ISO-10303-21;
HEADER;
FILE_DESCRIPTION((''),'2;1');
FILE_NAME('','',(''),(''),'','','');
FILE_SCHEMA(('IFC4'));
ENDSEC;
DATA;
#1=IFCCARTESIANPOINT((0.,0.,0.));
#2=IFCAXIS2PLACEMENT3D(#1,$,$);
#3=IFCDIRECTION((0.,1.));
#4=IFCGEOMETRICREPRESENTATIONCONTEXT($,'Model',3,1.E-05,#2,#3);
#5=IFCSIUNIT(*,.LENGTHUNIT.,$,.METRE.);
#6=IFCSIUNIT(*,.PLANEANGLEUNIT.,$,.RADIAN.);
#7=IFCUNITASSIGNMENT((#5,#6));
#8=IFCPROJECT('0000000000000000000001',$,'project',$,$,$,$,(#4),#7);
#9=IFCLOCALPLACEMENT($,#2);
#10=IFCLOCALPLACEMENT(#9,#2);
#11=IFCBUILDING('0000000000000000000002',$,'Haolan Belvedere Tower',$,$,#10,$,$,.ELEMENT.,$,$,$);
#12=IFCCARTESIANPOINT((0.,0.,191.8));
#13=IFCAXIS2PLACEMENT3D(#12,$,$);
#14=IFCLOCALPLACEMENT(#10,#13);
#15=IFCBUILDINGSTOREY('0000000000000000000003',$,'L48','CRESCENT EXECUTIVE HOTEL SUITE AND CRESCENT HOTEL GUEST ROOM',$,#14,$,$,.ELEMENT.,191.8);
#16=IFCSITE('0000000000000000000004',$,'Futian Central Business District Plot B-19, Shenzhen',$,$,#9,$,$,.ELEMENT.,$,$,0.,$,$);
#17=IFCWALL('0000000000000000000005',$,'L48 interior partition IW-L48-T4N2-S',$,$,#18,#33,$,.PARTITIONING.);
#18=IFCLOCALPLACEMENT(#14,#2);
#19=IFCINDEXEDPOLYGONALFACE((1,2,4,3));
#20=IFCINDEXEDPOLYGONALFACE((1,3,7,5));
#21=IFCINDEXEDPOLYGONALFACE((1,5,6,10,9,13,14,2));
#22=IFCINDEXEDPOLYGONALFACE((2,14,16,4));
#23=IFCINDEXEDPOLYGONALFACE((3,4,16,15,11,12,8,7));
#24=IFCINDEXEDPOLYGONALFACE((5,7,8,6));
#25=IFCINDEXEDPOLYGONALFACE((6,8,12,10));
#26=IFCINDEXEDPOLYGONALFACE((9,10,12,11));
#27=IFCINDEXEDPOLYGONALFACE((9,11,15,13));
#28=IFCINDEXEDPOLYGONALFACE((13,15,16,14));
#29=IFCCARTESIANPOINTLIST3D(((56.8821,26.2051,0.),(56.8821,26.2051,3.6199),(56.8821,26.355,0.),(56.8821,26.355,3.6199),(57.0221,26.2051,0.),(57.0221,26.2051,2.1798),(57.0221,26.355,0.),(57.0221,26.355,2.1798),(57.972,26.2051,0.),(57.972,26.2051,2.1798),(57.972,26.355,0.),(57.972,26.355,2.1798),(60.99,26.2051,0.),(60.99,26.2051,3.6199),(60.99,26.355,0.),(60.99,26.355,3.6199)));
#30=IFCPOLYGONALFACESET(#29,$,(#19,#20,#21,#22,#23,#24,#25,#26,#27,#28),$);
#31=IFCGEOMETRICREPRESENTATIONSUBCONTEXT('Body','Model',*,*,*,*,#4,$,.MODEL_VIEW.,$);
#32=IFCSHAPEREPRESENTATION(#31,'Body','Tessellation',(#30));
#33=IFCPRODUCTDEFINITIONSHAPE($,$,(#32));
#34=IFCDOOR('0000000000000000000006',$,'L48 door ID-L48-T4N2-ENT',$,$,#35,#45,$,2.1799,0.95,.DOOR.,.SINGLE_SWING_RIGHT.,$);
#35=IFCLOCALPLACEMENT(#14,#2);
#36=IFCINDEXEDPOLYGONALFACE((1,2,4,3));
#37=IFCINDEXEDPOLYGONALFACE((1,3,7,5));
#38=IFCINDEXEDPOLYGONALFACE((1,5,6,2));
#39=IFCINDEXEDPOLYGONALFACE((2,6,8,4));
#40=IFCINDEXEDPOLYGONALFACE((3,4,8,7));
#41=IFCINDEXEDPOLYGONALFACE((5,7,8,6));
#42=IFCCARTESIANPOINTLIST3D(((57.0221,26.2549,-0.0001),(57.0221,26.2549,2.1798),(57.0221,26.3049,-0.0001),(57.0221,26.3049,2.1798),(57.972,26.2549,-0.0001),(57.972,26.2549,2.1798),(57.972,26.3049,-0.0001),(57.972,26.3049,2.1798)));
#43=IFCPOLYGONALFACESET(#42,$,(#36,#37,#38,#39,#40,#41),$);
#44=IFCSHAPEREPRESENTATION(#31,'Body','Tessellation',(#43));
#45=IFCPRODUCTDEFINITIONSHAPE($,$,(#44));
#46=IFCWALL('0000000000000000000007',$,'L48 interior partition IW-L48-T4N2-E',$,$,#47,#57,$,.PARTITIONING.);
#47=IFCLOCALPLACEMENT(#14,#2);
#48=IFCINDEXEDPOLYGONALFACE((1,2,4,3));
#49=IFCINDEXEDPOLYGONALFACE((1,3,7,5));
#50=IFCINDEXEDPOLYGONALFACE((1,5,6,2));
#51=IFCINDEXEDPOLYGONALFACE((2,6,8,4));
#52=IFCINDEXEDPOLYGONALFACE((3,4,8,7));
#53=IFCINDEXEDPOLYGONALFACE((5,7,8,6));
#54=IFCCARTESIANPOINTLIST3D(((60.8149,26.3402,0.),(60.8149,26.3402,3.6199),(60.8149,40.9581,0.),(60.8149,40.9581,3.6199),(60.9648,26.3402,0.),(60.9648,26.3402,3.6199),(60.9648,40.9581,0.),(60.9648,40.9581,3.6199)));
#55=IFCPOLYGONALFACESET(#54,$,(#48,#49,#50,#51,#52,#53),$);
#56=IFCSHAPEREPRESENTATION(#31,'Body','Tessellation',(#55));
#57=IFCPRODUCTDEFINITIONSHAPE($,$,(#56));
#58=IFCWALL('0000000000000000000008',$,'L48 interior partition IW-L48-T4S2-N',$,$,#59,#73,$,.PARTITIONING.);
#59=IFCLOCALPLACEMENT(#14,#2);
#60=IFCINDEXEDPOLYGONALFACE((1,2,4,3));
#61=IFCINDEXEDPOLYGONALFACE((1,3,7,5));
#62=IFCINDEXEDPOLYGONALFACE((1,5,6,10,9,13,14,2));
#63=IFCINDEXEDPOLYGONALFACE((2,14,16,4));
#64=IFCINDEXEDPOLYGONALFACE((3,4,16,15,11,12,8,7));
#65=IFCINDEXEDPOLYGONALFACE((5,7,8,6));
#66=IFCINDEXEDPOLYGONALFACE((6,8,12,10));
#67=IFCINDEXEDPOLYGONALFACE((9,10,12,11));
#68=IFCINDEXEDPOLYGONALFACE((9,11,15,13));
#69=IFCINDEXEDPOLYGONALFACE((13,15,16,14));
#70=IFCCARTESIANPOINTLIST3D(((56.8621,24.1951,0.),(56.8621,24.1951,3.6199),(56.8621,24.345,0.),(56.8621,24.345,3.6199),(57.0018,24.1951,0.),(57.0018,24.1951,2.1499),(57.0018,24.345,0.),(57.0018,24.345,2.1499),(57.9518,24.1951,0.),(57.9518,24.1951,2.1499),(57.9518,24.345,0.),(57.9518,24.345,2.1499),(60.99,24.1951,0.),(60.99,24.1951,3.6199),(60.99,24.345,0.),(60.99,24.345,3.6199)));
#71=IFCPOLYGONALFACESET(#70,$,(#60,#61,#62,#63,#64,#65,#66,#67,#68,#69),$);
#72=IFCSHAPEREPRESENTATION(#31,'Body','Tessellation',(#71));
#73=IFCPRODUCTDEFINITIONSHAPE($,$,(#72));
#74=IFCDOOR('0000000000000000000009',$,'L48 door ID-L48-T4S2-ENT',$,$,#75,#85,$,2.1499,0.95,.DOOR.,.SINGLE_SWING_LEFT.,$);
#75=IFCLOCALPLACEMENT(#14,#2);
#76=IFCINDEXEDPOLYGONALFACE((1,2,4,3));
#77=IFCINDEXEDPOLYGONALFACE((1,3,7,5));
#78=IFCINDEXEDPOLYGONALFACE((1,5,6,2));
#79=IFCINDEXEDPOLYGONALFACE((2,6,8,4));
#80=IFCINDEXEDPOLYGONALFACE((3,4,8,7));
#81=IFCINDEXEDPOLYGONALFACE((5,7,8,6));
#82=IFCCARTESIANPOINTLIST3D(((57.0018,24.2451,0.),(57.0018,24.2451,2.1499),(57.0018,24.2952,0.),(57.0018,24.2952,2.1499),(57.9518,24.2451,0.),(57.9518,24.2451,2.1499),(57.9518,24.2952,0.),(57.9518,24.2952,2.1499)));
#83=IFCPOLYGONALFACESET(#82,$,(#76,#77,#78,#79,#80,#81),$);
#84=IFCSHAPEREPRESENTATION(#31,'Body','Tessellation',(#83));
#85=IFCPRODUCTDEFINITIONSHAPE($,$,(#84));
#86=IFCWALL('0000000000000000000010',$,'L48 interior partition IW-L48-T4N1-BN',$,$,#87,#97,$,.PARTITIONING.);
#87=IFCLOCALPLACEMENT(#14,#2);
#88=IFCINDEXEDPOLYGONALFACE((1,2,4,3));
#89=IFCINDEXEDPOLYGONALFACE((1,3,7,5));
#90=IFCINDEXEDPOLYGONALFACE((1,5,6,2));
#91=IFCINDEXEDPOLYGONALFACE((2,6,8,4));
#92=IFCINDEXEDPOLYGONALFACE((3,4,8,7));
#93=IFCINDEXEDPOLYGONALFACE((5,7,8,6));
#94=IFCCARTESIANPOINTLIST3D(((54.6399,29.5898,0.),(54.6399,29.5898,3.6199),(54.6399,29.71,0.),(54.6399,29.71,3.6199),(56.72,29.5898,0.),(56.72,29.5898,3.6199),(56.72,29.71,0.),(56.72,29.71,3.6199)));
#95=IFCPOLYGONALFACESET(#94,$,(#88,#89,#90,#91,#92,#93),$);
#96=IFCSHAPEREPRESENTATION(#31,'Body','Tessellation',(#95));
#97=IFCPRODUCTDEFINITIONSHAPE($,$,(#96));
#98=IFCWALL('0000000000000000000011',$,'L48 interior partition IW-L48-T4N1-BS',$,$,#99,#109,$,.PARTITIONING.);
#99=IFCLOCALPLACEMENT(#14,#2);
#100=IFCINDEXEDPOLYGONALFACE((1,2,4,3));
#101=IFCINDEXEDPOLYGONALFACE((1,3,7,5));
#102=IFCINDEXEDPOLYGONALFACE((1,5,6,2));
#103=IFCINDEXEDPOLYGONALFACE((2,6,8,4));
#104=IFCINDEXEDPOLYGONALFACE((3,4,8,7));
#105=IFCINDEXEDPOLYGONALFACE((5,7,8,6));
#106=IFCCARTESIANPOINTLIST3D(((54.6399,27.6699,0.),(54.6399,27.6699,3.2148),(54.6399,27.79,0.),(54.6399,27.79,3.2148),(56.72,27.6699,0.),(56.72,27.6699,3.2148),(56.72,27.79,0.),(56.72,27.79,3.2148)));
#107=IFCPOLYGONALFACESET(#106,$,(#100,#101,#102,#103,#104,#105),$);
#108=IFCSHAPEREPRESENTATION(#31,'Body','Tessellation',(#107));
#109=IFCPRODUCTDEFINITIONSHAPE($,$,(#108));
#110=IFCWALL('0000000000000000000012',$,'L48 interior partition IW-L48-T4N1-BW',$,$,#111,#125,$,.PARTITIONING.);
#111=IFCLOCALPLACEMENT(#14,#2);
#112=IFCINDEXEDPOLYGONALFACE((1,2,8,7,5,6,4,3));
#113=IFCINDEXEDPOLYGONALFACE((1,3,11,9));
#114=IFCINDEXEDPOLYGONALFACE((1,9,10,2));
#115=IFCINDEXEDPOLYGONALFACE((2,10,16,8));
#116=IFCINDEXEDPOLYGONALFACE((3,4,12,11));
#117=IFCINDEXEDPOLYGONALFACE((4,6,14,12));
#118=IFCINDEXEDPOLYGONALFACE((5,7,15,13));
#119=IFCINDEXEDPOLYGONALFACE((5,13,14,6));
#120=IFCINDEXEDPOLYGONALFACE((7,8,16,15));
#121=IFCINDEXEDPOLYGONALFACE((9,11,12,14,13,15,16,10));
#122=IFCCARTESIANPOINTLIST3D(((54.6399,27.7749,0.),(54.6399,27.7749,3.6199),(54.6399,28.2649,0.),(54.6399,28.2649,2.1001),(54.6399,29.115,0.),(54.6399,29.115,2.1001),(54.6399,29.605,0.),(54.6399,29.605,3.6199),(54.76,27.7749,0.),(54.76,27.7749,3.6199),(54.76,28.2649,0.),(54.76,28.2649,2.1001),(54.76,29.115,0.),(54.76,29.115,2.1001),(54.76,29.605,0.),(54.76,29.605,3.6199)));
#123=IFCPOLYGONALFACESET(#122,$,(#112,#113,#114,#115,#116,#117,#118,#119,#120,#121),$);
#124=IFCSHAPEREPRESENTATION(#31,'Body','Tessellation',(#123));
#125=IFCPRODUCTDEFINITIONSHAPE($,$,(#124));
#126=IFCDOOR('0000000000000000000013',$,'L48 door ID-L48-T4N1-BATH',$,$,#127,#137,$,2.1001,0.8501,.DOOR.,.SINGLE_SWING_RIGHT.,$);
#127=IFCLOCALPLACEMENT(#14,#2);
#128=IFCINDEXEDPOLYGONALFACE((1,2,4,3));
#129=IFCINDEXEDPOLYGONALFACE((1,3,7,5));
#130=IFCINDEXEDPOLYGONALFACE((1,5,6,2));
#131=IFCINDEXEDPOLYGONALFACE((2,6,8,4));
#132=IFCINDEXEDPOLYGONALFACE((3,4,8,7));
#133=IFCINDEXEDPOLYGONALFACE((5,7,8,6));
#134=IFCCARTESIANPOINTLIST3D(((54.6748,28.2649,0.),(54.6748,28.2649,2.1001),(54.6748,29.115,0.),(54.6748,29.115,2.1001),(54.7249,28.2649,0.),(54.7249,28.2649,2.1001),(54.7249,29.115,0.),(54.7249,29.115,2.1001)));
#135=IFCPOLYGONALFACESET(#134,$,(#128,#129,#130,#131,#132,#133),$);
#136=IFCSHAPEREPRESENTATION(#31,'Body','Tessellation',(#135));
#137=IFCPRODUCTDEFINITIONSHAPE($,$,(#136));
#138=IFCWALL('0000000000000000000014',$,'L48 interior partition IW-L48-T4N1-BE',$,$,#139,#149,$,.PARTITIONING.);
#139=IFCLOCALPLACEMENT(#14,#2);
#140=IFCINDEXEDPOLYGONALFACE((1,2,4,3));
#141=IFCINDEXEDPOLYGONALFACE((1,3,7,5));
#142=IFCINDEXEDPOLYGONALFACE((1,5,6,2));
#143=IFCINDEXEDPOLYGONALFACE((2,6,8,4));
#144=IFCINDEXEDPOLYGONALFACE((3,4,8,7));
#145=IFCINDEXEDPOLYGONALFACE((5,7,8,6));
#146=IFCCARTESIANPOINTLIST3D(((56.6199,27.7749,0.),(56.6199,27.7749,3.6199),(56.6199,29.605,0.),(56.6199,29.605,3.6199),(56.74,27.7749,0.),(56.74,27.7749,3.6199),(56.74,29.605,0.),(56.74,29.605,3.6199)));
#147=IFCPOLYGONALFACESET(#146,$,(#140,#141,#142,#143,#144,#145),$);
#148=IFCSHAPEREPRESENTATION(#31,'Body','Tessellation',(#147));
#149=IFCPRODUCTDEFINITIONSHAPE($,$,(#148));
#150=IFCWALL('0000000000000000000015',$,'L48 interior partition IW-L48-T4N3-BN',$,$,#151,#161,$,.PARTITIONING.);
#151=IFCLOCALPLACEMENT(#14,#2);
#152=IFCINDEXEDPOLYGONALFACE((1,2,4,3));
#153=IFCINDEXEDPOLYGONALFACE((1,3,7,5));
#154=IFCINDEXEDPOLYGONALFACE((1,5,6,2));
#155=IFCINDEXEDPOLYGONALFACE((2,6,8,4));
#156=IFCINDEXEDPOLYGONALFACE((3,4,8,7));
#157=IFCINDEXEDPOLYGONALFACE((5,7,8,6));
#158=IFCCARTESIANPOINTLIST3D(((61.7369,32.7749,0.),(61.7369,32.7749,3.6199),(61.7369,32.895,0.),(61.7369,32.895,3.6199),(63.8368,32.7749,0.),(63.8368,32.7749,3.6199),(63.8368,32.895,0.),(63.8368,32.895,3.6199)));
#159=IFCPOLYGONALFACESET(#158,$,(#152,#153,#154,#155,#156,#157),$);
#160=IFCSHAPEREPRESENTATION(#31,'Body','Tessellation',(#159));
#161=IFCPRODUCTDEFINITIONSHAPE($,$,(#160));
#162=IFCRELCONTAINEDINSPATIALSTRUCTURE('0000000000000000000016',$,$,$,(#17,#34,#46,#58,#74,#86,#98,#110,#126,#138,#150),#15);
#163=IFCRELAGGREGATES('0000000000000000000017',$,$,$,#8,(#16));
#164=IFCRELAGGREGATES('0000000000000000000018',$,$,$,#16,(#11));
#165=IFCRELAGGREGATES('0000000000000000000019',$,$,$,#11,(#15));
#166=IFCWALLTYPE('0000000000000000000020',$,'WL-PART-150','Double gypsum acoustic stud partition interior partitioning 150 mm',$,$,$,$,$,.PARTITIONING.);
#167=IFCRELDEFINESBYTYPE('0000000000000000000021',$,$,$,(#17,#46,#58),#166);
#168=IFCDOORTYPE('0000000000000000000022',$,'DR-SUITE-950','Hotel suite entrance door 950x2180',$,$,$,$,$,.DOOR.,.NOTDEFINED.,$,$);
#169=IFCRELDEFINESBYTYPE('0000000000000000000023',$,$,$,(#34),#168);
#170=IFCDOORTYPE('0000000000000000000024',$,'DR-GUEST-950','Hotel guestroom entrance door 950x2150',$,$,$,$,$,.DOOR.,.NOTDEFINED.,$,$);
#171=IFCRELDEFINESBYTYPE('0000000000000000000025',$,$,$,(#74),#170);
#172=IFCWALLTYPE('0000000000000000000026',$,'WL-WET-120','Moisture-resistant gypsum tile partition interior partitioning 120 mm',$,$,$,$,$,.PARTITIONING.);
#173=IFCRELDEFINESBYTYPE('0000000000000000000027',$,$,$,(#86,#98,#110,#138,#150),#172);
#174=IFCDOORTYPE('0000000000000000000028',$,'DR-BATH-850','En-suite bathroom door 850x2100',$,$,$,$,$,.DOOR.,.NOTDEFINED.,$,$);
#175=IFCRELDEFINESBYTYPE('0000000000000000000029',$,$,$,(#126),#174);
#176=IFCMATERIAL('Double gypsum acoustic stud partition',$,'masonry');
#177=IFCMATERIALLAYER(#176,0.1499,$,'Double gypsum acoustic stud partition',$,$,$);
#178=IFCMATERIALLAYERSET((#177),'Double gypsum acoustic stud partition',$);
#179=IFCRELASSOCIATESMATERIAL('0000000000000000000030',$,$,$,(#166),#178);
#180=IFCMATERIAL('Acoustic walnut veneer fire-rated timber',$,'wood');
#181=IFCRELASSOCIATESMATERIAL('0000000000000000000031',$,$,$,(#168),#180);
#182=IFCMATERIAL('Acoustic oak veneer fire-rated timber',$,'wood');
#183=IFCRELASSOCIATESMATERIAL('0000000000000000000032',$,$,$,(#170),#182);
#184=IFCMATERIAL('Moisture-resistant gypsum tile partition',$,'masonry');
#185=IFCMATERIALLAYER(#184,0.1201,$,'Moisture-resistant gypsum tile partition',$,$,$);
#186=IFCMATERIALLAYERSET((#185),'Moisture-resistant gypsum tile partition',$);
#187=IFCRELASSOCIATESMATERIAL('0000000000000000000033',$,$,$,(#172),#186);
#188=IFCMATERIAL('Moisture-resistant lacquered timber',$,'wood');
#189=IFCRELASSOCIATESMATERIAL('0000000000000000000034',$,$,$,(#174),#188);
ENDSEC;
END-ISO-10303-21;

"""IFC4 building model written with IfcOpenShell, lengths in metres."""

from ifc_helpers import new_model, si_unit, direction, frame, frame_2d, origin, place, context, subcontext, project, spatial, rectangle, extrude, material, layer, layer_set, type_object, element, fill, save


model = new_model("IFC4")

# Units and contexts
model_context = context("Model", 3, precision=1e-05, world=origin(), true_north=direction((0.0, 1.0)))
body_context = subcontext(model_context, "Body", "Model", "MODEL_VIEW")
ifc_project = project(units=[si_unit("LENGTHUNIT", "METRE"), si_unit("PLANEANGLEUNIT", "RADIAN")], contexts=[model_context])

# Site, building, storey
site_placement = place(None, origin())
site = spatial("IfcSite", under=ifc_project, at=site_placement, Name="Futian Central Business District Plot B-19, Shenzhen", CompositionType="ELEMENT", RefElevation=0.0)
building_placement = place(site_placement, origin())
building = spatial("IfcBuilding", under=site, at=building_placement, Name="Haolan Belvedere Tower", CompositionType="ELEMENT")
storey_placement = place(building_placement, frame((0.0, 0.0, 191.8)))
storey = spatial("IfcBuildingStorey", under=building, at=storey_placement, Name="L48", Description="CRESCENT EXECUTIVE HOTEL SUITE AND CRESCENT HOTEL GUEST ROOM", CompositionType="ELEMENT", Elevation=191.8)

# Shared definitions
ifc_material_1 = material(Name="Double gypsum acoustic stud partition", Category="masonry")
ifc_layer_1 = layer(ifc_material_1, 0.1499, Name="Double gypsum acoustic stud partition")
ifc_layer_set_1 = layer_set([ifc_layer_1], Name="Double gypsum acoustic stud partition")
wall_type_1 = type_object("IfcWallType", Name="WL-PART-150", Description="Double gypsum acoustic stud partition interior partitioning 150 mm", PredefinedType="PARTITIONING", material=ifc_layer_set_1)

# Wall, opening, door
wall_1_placement = place(storey_placement, frame((56.8821, 26.28, 0.0), z_axis=(0.0, 0.0, 1.0), x_axis=(1.0, 0.0, 0.0)))
wall_1 = element("IfcWall", 1, at=wall_1_placement, inside=storey, type_object=wall_type_1, Name="L48 interior partition IW-L48-T4N2-S", PredefinedType="PARTITIONING", context=body_context, shape_type="SweptSolid", body=[
    extrude(rectangle(XDim=4.1079, YDim=0.1499, at=frame_2d((2.054, 0.0))), origin(), (0.0, 0.0, 1.0), 3.6199),
])
opening_1_placement = place(wall_1_placement, frame((0.1399, 0.0, 0.0)))
opening_1 = element("IfcOpeningElement", 2, at=opening_1_placement, cuts=wall_1, PredefinedType="OPENING", context=body_context, shape_type="SweptSolid", body=[
    extrude(rectangle(XDim=0.95, YDim=2.1799, at=frame_2d((0.4751, 1.0898))), frame((0.0, 0.085, 0.0), z_axis=(0.0, -1.0, 0.0), x_axis=(1.0, 0.0, 0.0)), (0.0, 0.0, 1.0), 0.1699),
])
ifc_material_2 = material(Name="Acoustic walnut veneer fire-rated timber", Category="wood")
door_type_1 = type_object("IfcDoorType", Name="DR-SUITE-950", Description="Hotel suite entrance door 950x2180", OperationType="NOTDEFINED", PredefinedType="DOOR", material=ifc_material_2)
door_1_placement = place(opening_1_placement, origin())
door_1 = element("IfcDoor", 3, at=door_1_placement, inside=storey, type_object=door_type_1, Name="L48 door ID-L48-T4N2-ENT", OperationType="SINGLE_SWING_RIGHT", OverallHeight=2.1799, OverallWidth=0.95, PredefinedType="DOOR", context=body_context, shape_type="SweptSolid", body=[
    extrude(rectangle(XDim=0.95, YDim=2.1799, at=frame_2d((0.4751, 1.0898))), frame((0.0, 0.0249, 0.0), z_axis=(0.0, -1.0, 0.0), x_axis=(1.0, 0.0, 0.0)), (0.0, 0.0, 1.0), 0.05),
])
fill(opening_1, door_1)

# Wall
wall_2_placement = place(storey_placement, frame((60.8899, 26.3401, 0.0), z_axis=(0.0, 0.0, 1.0), x_axis=(0.0, 1.0, 0.0)))
element("IfcWall", 4, at=wall_2_placement, inside=storey, type_object=wall_type_1, Name="L48 interior partition IW-L48-T4N2-E", PredefinedType="PARTITIONING", context=body_context, shape_type="SweptSolid", body=[
    extrude(rectangle(XDim=14.6179, YDim=0.1499, at=frame_2d((7.3091, 0.0))), origin(), (0.0, 0.0, 1.0), 3.6199),
])

# Wall, opening, door
ifc_material_3 = material(Name="Acoustic oak veneer fire-rated timber", Category="wood")
door_type_2 = type_object("IfcDoorType", Name="DR-GUEST-950", Description="Hotel guestroom entrance door 950x2150", OperationType="NOTDEFINED", PredefinedType="DOOR", material=ifc_material_3)
wall_3_placement = place(storey_placement, frame((56.8621, 24.27, 0.0), z_axis=(0.0, 0.0, 1.0), x_axis=(1.0, 0.0, 0.0)))
wall_3 = element("IfcWall", 5, at=wall_3_placement, inside=storey, type_object=wall_type_1, Name="L48 interior partition IW-L48-T4S2-N", PredefinedType="PARTITIONING", context=body_context, shape_type="SweptSolid", body=[
    extrude(rectangle(XDim=4.1279, YDim=0.1499, at=frame_2d((2.064, 0.0))), origin(), (0.0, 0.0, 1.0), 3.6199),
])
opening_2_placement = place(wall_3_placement, frame((1.0898, 0.0, 0.0), z_axis=(0.0, 0.0, 1.0), x_axis=(-1.0, 0.0, 0.0)))
opening_2 = element("IfcOpeningElement", 6, at=opening_2_placement, cuts=wall_3, PredefinedType="OPENING", context=body_context, shape_type="SweptSolid", body=[
    extrude(rectangle(XDim=0.95, YDim=2.1499, at=frame_2d((0.4751, 1.075))), frame((0.0, 0.085, 0.0), z_axis=(0.0, -1.0, 0.0), x_axis=(1.0, 0.0, 0.0)), (0.0, 0.0, 1.0), 0.1699),
])
door_2_placement = place(opening_2_placement, origin())
door_2 = element("IfcDoor", 7, at=door_2_placement, inside=storey, type_object=door_type_2, Name="L48 door ID-L48-T4S2-ENT", OperationType="SINGLE_SWING_LEFT", OverallHeight=2.1499, OverallWidth=0.95, PredefinedType="DOOR", context=body_context, shape_type="SweptSolid", body=[
    extrude(rectangle(XDim=0.95, YDim=2.1499, at=frame_2d((0.4751, 1.075))), frame((0.0, 0.0249, 0.0), z_axis=(0.0, -1.0, 0.0), x_axis=(1.0, 0.0, 0.0)), (0.0, 0.0, 1.0), 0.05),
])
fill(opening_2, door_2)

# Walls
ifc_material_4 = material(Name="Moisture-resistant gypsum tile partition", Category="masonry")
ifc_layer_2 = layer(ifc_material_4, 0.1201, Name="Moisture-resistant gypsum tile partition")
ifc_layer_set_2 = layer_set([ifc_layer_2], Name="Moisture-resistant gypsum tile partition")
wall_type_2 = type_object("IfcWallType", Name="WL-WET-120", Description="Moisture-resistant gypsum tile partition interior partitioning 120 mm", PredefinedType="PARTITIONING", material=ifc_layer_set_2)
wall_4_placement = place(storey_placement, frame((54.6399, 29.6499, 0.0), z_axis=(0.0, 0.0, 1.0), x_axis=(1.0, 0.0, 0.0)))
element("IfcWall", 8, at=wall_4_placement, inside=storey, type_object=wall_type_2, Name="L48 interior partition IW-L48-T4N1-BN", PredefinedType="PARTITIONING", context=body_context, shape_type="SweptSolid", body=[
    extrude(rectangle(XDim=2.0801, YDim=0.1201, at=frame_2d((1.04, 0.0))), origin(), (0.0, 0.0, 1.0), 3.6199),
])
wall_5_placement = place(storey_placement, frame((54.6399, 27.73, 0.0), z_axis=(0.0, 0.0, 1.0), x_axis=(1.0, 0.0, 0.0)))
element("IfcWall", 9, at=wall_5_placement, inside=storey, type_object=wall_type_2, Name="L48 interior partition IW-L48-T4N1-BS", PredefinedType="PARTITIONING", context=body_context, shape_type="SweptSolid", body=[
    extrude(rectangle(XDim=2.0801, YDim=0.1201, at=frame_2d((1.04, 0.0))), origin(), (0.0, 0.0, 1.0), 3.2148),
])

# Wall, opening, door
wall_6_placement = place(storey_placement, frame((54.7, 27.7749, 0.0), z_axis=(0.0, 0.0, 1.0), x_axis=(0.0, 1.0, 0.0)))
wall_6 = element("IfcWall", 10, at=wall_6_placement, inside=storey, type_object=wall_type_2, Name="L48 interior partition IW-L48-T4N1-BW", PredefinedType="PARTITIONING", context=body_context, shape_type="SweptSolid", body=[
    extrude(rectangle(XDim=1.8301, YDim=0.1201, at=frame_2d((0.915, 0.0))), origin(), (0.0, 0.0, 1.0), 3.6199),
])
opening_3_placement = place(wall_6_placement, frame((1.3401, 0.0, 0.0), z_axis=(0.0, 0.0, 1.0), x_axis=(-1.0, 0.0, 0.0)))
opening_3 = element("IfcOpeningElement", 11, at=opening_3_placement, cuts=wall_6, PredefinedType="OPENING", context=body_context, shape_type="SweptSolid", body=[
    extrude(rectangle(XDim=0.8501, YDim=2.1001, at=frame_2d((0.425, 1.05))), frame((0.0, 0.0701, 0.0), z_axis=(0.0, -1.0, 0.0), x_axis=(1.0, 0.0, 0.0)), (0.0, 0.0, 1.0), 0.1401),
])
ifc_material_5 = material(Name="Moisture-resistant lacquered timber", Category="wood")
door_type_3 = type_object("IfcDoorType", Name="DR-BATH-850", Description="En-suite bathroom door 850x2100", OperationType="NOTDEFINED", PredefinedType="DOOR", material=ifc_material_5)
door_3_placement = place(opening_3_placement, origin())
door_3 = element("IfcDoor", 12, at=door_3_placement, inside=storey, type_object=door_type_3, Name="L48 door ID-L48-T4N1-BATH", OperationType="SINGLE_SWING_RIGHT", OverallHeight=2.1001, OverallWidth=0.8501, PredefinedType="DOOR", context=body_context, shape_type="SweptSolid", body=[
    extrude(rectangle(XDim=0.8501, YDim=2.1001, at=frame_2d((0.425, 1.05))), frame((0.0, 0.0249, 0.0), z_axis=(0.0, -1.0, 0.0), x_axis=(1.0, 0.0, 0.0)), (0.0, 0.0, 1.0), 0.05),
])
fill(opening_3, door_3)

# Walls
wall_7_placement = place(storey_placement, frame((56.6799, 27.7749, 0.0), z_axis=(0.0, 0.0, 1.0), x_axis=(0.0, 1.0, 0.0)))
element("IfcWall", 13, at=wall_7_placement, inside=storey, type_object=wall_type_2, Name="L48 interior partition IW-L48-T4N1-BE", PredefinedType="PARTITIONING", context=body_context, shape_type="SweptSolid", body=[
    extrude(rectangle(XDim=1.8301, YDim=0.1201, at=frame_2d((0.915, 0.0))), origin(), (0.0, 0.0, 1.0), 3.6199),
])
wall_8_placement = place(storey_placement, frame((61.7371, 32.835, 0.0), z_axis=(0.0, 0.0, 1.0), x_axis=(1.0, 0.0, 0.0)))
element("IfcWall", 14, at=wall_8_placement, inside=storey, type_object=wall_type_2, Name="L48 interior partition IW-L48-T4N3-BN", PredefinedType="PARTITIONING", context=body_context, shape_type="SweptSolid", body=[
    extrude(rectangle(XDim=2.0999, YDim=0.1201, at=frame_2d((1.0498, 0.0))), origin(), (0.0, 0.0, 1.0), 3.6199),
])

save(model, "model.ifc")
